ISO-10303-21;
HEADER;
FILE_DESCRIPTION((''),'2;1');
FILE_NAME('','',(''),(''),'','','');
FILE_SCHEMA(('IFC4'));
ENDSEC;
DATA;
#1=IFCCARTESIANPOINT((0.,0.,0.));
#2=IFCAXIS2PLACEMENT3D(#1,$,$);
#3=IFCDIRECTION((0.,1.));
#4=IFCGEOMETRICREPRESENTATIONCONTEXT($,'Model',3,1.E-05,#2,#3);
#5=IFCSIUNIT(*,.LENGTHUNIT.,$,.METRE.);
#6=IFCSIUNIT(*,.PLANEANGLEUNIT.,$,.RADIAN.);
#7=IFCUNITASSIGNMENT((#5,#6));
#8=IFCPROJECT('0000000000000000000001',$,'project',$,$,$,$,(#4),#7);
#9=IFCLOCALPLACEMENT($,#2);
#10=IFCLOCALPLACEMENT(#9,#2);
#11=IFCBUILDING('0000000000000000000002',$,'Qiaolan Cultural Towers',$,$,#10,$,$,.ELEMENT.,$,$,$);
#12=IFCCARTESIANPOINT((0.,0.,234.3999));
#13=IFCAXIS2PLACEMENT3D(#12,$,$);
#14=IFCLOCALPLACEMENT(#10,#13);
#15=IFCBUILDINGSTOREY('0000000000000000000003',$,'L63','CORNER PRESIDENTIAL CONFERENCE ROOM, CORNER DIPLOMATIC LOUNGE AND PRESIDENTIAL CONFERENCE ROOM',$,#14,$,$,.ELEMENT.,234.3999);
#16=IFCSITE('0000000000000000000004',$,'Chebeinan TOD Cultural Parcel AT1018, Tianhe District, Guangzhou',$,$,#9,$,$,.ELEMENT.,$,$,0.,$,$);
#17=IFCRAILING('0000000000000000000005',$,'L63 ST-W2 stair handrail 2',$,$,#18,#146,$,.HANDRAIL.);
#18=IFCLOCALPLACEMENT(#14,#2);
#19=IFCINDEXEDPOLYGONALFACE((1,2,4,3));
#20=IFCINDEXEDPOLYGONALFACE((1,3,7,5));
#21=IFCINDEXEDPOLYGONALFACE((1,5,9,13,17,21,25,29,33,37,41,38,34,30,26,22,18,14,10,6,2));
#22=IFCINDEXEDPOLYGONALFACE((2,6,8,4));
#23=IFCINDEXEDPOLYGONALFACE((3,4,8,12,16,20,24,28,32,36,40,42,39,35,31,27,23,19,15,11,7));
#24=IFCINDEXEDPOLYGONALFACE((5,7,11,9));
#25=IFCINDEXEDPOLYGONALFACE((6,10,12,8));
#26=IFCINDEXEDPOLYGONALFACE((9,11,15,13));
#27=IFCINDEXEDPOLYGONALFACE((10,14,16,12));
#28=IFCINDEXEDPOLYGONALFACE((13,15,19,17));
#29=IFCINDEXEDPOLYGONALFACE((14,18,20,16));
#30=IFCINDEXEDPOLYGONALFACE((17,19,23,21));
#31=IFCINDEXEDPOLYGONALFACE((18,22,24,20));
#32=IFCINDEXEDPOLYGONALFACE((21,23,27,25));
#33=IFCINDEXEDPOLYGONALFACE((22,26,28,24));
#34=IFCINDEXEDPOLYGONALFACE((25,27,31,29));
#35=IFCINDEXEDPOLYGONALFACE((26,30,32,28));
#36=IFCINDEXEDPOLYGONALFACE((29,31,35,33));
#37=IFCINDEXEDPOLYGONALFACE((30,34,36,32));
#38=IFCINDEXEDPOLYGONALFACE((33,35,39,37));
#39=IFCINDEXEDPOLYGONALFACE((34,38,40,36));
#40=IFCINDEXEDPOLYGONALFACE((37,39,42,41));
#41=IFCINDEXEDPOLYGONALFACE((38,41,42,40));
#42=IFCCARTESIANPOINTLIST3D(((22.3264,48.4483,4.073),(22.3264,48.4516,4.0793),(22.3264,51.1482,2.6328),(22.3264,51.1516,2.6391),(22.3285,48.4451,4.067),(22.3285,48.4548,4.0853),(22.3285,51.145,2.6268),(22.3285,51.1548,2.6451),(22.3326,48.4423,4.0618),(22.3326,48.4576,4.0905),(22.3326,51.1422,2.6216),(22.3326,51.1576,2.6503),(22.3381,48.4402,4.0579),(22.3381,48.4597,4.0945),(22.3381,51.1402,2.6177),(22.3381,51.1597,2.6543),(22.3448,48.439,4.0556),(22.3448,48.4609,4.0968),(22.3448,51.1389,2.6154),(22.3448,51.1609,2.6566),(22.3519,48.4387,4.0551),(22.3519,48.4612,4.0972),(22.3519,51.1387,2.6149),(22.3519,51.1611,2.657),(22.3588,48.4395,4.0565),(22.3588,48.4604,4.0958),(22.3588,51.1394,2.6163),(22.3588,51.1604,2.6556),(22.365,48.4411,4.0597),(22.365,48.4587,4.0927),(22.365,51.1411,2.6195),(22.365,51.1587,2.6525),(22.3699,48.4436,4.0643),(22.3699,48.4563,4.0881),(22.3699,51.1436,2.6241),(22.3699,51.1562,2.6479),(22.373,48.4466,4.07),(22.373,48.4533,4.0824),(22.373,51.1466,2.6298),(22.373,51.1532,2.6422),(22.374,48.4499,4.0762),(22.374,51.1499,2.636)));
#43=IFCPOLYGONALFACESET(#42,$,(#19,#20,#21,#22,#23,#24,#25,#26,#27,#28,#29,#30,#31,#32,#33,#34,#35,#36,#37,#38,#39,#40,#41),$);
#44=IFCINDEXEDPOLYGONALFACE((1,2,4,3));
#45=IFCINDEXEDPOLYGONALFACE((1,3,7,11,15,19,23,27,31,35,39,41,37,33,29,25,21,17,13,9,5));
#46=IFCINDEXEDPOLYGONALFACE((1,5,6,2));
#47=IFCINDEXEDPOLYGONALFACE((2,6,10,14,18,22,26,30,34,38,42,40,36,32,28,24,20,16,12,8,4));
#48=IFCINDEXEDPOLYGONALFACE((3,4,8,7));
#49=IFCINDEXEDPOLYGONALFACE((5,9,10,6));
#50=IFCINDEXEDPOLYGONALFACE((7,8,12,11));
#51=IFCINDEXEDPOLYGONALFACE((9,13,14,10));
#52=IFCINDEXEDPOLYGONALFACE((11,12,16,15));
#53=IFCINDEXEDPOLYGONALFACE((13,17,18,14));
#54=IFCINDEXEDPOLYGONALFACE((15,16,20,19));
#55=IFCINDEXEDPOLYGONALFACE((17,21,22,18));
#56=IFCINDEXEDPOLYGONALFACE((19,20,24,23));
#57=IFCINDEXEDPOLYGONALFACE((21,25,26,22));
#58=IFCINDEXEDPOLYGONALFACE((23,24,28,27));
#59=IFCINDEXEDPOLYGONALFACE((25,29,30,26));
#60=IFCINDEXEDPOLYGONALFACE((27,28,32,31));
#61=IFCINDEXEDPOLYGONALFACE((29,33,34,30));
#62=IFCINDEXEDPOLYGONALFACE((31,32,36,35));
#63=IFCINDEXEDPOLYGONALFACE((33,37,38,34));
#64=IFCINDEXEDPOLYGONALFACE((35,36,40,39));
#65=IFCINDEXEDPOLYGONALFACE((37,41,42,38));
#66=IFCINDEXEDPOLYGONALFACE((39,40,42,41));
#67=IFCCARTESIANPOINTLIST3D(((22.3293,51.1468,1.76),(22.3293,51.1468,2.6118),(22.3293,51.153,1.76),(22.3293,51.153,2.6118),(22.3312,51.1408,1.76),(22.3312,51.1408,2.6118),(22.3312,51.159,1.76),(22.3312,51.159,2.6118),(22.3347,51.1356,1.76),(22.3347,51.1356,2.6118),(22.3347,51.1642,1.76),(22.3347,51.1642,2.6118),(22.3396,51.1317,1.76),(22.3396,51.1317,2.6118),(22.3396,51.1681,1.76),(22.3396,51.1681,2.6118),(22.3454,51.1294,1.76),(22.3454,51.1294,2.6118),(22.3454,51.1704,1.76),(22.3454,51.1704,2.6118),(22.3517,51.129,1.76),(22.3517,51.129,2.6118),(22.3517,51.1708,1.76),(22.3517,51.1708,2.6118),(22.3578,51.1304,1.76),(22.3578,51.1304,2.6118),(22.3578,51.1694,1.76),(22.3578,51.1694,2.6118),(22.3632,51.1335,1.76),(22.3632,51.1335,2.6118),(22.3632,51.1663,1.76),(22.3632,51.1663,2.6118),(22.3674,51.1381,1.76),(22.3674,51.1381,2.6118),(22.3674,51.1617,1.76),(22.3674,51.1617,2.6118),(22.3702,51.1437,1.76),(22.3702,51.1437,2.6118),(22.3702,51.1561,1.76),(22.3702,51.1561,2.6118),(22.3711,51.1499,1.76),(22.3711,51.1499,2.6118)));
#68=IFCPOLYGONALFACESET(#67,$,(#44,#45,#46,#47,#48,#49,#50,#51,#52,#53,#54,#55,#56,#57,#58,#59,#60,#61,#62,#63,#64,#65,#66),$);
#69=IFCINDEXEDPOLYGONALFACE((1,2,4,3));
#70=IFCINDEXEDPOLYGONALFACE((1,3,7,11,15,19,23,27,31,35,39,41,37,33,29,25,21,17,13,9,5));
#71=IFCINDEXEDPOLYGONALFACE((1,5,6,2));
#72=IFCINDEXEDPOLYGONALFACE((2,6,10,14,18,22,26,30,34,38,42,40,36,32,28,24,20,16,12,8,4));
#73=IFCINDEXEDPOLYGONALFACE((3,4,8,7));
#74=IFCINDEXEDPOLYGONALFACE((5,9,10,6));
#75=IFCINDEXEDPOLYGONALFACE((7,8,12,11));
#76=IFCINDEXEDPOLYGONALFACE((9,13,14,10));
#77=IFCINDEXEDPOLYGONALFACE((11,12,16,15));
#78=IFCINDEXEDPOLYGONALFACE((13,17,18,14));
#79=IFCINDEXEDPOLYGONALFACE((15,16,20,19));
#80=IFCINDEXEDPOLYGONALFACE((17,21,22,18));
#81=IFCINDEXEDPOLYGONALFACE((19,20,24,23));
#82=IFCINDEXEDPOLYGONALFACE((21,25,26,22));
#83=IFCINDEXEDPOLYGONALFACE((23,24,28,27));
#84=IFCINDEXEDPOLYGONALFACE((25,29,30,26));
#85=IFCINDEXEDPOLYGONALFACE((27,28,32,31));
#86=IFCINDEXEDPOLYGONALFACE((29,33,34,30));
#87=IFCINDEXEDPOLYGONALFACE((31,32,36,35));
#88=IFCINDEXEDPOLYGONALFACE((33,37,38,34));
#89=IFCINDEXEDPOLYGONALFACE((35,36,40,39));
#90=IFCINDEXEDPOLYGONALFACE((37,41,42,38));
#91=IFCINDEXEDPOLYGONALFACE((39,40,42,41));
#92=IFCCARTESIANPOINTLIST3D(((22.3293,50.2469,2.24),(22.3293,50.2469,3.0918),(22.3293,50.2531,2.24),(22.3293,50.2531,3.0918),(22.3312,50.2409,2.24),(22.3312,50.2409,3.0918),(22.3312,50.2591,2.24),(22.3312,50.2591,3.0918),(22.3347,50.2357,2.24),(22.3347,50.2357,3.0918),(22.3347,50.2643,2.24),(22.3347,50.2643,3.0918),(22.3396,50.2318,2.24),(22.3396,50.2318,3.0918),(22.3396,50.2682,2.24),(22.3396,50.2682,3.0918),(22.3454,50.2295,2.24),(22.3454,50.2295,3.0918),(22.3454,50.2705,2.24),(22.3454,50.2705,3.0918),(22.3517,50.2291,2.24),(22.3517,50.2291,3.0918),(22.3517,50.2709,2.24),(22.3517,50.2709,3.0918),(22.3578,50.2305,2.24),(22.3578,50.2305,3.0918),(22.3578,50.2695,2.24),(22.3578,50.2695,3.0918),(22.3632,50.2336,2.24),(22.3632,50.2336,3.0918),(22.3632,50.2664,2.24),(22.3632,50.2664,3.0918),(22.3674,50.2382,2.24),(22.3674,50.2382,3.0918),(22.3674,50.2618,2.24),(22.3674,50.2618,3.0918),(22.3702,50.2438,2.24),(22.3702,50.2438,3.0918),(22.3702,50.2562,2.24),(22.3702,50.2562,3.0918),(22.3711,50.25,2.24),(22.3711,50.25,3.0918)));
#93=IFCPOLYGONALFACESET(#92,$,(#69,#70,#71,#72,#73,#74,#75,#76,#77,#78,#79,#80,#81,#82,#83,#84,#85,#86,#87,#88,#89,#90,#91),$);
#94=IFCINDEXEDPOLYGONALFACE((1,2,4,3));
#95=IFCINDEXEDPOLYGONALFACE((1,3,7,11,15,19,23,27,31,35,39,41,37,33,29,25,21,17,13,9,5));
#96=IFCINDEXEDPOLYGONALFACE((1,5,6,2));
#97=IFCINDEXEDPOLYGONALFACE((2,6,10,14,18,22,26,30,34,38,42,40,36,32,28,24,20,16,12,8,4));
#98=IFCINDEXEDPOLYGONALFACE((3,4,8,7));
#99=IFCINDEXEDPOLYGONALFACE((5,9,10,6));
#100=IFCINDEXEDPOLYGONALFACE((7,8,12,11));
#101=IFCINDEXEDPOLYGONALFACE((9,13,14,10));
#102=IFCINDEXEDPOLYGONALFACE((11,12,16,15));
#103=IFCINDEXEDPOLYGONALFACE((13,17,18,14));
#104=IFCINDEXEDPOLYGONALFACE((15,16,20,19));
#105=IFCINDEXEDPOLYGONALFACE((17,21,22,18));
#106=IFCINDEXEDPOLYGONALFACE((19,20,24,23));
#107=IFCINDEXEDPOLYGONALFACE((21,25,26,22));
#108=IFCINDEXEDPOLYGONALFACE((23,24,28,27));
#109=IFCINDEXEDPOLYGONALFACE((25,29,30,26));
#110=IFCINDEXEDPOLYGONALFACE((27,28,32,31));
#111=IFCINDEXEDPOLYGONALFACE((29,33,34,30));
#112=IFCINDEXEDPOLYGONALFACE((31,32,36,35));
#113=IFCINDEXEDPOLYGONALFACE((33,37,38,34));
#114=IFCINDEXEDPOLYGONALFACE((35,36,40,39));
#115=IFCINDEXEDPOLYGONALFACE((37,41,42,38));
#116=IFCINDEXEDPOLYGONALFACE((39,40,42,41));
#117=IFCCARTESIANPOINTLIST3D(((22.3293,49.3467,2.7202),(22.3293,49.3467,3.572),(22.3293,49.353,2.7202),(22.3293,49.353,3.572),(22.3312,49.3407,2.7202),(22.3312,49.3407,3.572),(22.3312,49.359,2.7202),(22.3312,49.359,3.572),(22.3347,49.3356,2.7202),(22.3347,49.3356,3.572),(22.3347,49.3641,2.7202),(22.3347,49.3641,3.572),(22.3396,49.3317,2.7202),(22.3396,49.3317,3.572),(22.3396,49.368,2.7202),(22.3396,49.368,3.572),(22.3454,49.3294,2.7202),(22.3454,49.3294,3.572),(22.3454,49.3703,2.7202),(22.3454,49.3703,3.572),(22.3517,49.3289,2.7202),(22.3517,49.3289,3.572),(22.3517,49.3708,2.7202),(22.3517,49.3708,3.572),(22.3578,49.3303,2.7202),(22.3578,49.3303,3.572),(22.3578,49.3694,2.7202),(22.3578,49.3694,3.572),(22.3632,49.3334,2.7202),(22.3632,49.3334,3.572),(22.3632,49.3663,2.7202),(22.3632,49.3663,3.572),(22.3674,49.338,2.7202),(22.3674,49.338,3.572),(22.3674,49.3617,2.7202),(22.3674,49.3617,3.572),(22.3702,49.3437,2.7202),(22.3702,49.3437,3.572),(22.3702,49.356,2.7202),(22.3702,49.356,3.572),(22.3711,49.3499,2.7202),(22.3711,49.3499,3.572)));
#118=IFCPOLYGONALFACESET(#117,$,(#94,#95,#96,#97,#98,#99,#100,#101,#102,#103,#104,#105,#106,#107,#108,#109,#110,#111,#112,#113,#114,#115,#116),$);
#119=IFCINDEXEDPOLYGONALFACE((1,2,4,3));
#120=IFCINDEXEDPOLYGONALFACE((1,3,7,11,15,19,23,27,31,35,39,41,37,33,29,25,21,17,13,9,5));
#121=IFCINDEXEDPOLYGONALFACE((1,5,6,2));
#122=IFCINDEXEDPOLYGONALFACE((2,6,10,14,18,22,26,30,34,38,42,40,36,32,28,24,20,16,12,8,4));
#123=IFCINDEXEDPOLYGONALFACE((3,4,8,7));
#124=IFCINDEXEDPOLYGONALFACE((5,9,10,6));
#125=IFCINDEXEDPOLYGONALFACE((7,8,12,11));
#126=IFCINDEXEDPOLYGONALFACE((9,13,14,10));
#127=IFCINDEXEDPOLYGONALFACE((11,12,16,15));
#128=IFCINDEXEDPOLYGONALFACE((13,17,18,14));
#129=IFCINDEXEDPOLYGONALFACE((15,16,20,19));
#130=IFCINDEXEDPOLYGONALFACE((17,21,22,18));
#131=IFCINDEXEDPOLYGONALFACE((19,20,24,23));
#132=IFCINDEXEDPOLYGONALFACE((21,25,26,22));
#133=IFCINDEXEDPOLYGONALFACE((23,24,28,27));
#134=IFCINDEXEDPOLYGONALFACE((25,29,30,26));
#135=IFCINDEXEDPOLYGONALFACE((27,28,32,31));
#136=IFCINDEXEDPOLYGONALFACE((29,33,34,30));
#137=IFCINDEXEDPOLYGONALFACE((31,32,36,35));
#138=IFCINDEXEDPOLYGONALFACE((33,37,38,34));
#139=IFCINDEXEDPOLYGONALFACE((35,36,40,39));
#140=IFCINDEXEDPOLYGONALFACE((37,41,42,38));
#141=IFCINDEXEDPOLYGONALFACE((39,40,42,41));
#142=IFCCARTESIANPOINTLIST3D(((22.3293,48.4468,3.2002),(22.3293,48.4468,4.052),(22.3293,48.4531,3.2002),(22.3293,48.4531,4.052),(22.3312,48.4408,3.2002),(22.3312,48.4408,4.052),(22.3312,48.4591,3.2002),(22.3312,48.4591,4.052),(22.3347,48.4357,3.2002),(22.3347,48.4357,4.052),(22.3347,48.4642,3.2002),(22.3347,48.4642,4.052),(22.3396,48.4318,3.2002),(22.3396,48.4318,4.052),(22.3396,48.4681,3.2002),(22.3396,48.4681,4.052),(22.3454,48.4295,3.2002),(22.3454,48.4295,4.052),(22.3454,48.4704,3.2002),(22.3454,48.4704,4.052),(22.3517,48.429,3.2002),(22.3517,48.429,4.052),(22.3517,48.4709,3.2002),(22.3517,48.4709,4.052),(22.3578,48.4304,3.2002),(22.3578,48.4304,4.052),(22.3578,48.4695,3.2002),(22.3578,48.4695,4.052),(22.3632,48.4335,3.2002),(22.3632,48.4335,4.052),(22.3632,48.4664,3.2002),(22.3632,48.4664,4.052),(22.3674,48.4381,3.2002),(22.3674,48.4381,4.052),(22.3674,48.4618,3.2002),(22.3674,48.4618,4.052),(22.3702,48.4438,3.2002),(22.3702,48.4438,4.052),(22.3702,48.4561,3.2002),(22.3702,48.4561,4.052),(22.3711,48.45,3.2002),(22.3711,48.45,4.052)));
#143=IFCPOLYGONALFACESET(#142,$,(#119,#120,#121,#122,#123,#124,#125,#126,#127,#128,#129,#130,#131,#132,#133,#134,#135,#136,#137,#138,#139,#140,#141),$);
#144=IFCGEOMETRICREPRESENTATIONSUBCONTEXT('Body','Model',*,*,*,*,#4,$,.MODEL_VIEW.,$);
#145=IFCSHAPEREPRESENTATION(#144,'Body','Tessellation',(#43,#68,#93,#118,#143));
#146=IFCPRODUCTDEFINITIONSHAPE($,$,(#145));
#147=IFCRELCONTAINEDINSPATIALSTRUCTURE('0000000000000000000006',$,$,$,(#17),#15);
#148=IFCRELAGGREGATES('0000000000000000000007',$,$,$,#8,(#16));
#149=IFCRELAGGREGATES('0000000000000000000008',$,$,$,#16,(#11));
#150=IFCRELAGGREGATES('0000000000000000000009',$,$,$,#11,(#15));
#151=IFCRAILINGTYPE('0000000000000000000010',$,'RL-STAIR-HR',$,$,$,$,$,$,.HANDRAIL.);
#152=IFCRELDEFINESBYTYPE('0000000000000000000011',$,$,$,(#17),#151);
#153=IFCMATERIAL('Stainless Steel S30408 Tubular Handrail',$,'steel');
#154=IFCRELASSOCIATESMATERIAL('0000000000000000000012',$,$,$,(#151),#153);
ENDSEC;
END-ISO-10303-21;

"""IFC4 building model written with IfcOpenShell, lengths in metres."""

from ifc_helpers import new_model, si_unit, direction, frame, origin, origin_2d, place, context, subcontext, project, spatial, circle, extrude, material, type_object, element, save


model = new_model("IFC4")

# Units and contexts
model_context = context("Model", 3, precision=1e-05, world=origin(), true_north=direction((0.0, 1.0)))
body_context = subcontext(model_context, "Body", "Model", "MODEL_VIEW")
ifc_project = project(units=[si_unit("LENGTHUNIT", "METRE"), si_unit("PLANEANGLEUNIT", "RADIAN")], contexts=[model_context])

# Site, building, storey
site_placement = place(None, origin())
site = spatial("IfcSite", under=ifc_project, at=site_placement, Name="Chebeinan TOD Cultural Parcel AT1018, Tianhe District, Guangzhou", CompositionType="ELEMENT", RefElevation=0.0)
building_placement = place(site_placement, origin())
building = spatial("IfcBuilding", under=site, at=building_placement, Name="Qiaolan Cultural Towers", CompositionType="ELEMENT")
storey_placement = place(building_placement, frame((0.0, 0.0, 234.3999)))
storey = spatial("IfcBuildingStorey", under=building, at=storey_placement, Name="L63", Description="CORNER PRESIDENTIAL CONFERENCE ROOM, CORNER DIPLOMATIC LOUNGE AND PRESIDENTIAL CONFERENCE ROOM", CompositionType="ELEMENT", Elevation=234.3999)

# Railing
ifc_material_1 = material(Name="Stainless Steel S30408 Tubular Handrail", Category="steel")
railing_type_1 = type_object("IfcRailingType", Name="RL-STAIR-HR", PredefinedType="HANDRAIL", material=ifc_material_1)
railing_1_placement = place(storey_placement, frame((22.3501, 51.1499, 1.76)))
element("IfcRailing", 1, at=railing_1_placement, inside=storey, type_object=railing_type_1, Name="L63 ST-W2 stair handrail 2", PredefinedType="HANDRAIL", context=body_context, shape_type="SweptSolid", body=[
    extrude(circle(Radius=0.0239, at=origin_2d()), frame((0.0, 0.0, 0.876), z_axis=(0.0, -0.882324, 0.470642), x_axis=(1.0, 0.0, 0.0)), (0.0, 0.0, 1.0), 3.0601),
    extrude(circle(Radius=0.021, at=origin_2d()), origin(), (0.0, 0.0, 1.0), 0.8518),
    extrude(circle(Radius=0.021, at=origin_2d()), frame((0.0, -0.8999, 0.48)), (0.0, 0.0, 1.0), 0.8518),
    extrude(circle(Radius=0.021, at=origin_2d()), frame((0.0, -1.8, 0.9602)), (0.0, 0.0, 1.0), 0.8518),
    extrude(circle(Radius=0.021, at=origin_2d()), frame((0.0, -2.7, 1.4402)), (0.0, 0.0, 1.0), 0.8518),
])

save(model, "model.ifc")
